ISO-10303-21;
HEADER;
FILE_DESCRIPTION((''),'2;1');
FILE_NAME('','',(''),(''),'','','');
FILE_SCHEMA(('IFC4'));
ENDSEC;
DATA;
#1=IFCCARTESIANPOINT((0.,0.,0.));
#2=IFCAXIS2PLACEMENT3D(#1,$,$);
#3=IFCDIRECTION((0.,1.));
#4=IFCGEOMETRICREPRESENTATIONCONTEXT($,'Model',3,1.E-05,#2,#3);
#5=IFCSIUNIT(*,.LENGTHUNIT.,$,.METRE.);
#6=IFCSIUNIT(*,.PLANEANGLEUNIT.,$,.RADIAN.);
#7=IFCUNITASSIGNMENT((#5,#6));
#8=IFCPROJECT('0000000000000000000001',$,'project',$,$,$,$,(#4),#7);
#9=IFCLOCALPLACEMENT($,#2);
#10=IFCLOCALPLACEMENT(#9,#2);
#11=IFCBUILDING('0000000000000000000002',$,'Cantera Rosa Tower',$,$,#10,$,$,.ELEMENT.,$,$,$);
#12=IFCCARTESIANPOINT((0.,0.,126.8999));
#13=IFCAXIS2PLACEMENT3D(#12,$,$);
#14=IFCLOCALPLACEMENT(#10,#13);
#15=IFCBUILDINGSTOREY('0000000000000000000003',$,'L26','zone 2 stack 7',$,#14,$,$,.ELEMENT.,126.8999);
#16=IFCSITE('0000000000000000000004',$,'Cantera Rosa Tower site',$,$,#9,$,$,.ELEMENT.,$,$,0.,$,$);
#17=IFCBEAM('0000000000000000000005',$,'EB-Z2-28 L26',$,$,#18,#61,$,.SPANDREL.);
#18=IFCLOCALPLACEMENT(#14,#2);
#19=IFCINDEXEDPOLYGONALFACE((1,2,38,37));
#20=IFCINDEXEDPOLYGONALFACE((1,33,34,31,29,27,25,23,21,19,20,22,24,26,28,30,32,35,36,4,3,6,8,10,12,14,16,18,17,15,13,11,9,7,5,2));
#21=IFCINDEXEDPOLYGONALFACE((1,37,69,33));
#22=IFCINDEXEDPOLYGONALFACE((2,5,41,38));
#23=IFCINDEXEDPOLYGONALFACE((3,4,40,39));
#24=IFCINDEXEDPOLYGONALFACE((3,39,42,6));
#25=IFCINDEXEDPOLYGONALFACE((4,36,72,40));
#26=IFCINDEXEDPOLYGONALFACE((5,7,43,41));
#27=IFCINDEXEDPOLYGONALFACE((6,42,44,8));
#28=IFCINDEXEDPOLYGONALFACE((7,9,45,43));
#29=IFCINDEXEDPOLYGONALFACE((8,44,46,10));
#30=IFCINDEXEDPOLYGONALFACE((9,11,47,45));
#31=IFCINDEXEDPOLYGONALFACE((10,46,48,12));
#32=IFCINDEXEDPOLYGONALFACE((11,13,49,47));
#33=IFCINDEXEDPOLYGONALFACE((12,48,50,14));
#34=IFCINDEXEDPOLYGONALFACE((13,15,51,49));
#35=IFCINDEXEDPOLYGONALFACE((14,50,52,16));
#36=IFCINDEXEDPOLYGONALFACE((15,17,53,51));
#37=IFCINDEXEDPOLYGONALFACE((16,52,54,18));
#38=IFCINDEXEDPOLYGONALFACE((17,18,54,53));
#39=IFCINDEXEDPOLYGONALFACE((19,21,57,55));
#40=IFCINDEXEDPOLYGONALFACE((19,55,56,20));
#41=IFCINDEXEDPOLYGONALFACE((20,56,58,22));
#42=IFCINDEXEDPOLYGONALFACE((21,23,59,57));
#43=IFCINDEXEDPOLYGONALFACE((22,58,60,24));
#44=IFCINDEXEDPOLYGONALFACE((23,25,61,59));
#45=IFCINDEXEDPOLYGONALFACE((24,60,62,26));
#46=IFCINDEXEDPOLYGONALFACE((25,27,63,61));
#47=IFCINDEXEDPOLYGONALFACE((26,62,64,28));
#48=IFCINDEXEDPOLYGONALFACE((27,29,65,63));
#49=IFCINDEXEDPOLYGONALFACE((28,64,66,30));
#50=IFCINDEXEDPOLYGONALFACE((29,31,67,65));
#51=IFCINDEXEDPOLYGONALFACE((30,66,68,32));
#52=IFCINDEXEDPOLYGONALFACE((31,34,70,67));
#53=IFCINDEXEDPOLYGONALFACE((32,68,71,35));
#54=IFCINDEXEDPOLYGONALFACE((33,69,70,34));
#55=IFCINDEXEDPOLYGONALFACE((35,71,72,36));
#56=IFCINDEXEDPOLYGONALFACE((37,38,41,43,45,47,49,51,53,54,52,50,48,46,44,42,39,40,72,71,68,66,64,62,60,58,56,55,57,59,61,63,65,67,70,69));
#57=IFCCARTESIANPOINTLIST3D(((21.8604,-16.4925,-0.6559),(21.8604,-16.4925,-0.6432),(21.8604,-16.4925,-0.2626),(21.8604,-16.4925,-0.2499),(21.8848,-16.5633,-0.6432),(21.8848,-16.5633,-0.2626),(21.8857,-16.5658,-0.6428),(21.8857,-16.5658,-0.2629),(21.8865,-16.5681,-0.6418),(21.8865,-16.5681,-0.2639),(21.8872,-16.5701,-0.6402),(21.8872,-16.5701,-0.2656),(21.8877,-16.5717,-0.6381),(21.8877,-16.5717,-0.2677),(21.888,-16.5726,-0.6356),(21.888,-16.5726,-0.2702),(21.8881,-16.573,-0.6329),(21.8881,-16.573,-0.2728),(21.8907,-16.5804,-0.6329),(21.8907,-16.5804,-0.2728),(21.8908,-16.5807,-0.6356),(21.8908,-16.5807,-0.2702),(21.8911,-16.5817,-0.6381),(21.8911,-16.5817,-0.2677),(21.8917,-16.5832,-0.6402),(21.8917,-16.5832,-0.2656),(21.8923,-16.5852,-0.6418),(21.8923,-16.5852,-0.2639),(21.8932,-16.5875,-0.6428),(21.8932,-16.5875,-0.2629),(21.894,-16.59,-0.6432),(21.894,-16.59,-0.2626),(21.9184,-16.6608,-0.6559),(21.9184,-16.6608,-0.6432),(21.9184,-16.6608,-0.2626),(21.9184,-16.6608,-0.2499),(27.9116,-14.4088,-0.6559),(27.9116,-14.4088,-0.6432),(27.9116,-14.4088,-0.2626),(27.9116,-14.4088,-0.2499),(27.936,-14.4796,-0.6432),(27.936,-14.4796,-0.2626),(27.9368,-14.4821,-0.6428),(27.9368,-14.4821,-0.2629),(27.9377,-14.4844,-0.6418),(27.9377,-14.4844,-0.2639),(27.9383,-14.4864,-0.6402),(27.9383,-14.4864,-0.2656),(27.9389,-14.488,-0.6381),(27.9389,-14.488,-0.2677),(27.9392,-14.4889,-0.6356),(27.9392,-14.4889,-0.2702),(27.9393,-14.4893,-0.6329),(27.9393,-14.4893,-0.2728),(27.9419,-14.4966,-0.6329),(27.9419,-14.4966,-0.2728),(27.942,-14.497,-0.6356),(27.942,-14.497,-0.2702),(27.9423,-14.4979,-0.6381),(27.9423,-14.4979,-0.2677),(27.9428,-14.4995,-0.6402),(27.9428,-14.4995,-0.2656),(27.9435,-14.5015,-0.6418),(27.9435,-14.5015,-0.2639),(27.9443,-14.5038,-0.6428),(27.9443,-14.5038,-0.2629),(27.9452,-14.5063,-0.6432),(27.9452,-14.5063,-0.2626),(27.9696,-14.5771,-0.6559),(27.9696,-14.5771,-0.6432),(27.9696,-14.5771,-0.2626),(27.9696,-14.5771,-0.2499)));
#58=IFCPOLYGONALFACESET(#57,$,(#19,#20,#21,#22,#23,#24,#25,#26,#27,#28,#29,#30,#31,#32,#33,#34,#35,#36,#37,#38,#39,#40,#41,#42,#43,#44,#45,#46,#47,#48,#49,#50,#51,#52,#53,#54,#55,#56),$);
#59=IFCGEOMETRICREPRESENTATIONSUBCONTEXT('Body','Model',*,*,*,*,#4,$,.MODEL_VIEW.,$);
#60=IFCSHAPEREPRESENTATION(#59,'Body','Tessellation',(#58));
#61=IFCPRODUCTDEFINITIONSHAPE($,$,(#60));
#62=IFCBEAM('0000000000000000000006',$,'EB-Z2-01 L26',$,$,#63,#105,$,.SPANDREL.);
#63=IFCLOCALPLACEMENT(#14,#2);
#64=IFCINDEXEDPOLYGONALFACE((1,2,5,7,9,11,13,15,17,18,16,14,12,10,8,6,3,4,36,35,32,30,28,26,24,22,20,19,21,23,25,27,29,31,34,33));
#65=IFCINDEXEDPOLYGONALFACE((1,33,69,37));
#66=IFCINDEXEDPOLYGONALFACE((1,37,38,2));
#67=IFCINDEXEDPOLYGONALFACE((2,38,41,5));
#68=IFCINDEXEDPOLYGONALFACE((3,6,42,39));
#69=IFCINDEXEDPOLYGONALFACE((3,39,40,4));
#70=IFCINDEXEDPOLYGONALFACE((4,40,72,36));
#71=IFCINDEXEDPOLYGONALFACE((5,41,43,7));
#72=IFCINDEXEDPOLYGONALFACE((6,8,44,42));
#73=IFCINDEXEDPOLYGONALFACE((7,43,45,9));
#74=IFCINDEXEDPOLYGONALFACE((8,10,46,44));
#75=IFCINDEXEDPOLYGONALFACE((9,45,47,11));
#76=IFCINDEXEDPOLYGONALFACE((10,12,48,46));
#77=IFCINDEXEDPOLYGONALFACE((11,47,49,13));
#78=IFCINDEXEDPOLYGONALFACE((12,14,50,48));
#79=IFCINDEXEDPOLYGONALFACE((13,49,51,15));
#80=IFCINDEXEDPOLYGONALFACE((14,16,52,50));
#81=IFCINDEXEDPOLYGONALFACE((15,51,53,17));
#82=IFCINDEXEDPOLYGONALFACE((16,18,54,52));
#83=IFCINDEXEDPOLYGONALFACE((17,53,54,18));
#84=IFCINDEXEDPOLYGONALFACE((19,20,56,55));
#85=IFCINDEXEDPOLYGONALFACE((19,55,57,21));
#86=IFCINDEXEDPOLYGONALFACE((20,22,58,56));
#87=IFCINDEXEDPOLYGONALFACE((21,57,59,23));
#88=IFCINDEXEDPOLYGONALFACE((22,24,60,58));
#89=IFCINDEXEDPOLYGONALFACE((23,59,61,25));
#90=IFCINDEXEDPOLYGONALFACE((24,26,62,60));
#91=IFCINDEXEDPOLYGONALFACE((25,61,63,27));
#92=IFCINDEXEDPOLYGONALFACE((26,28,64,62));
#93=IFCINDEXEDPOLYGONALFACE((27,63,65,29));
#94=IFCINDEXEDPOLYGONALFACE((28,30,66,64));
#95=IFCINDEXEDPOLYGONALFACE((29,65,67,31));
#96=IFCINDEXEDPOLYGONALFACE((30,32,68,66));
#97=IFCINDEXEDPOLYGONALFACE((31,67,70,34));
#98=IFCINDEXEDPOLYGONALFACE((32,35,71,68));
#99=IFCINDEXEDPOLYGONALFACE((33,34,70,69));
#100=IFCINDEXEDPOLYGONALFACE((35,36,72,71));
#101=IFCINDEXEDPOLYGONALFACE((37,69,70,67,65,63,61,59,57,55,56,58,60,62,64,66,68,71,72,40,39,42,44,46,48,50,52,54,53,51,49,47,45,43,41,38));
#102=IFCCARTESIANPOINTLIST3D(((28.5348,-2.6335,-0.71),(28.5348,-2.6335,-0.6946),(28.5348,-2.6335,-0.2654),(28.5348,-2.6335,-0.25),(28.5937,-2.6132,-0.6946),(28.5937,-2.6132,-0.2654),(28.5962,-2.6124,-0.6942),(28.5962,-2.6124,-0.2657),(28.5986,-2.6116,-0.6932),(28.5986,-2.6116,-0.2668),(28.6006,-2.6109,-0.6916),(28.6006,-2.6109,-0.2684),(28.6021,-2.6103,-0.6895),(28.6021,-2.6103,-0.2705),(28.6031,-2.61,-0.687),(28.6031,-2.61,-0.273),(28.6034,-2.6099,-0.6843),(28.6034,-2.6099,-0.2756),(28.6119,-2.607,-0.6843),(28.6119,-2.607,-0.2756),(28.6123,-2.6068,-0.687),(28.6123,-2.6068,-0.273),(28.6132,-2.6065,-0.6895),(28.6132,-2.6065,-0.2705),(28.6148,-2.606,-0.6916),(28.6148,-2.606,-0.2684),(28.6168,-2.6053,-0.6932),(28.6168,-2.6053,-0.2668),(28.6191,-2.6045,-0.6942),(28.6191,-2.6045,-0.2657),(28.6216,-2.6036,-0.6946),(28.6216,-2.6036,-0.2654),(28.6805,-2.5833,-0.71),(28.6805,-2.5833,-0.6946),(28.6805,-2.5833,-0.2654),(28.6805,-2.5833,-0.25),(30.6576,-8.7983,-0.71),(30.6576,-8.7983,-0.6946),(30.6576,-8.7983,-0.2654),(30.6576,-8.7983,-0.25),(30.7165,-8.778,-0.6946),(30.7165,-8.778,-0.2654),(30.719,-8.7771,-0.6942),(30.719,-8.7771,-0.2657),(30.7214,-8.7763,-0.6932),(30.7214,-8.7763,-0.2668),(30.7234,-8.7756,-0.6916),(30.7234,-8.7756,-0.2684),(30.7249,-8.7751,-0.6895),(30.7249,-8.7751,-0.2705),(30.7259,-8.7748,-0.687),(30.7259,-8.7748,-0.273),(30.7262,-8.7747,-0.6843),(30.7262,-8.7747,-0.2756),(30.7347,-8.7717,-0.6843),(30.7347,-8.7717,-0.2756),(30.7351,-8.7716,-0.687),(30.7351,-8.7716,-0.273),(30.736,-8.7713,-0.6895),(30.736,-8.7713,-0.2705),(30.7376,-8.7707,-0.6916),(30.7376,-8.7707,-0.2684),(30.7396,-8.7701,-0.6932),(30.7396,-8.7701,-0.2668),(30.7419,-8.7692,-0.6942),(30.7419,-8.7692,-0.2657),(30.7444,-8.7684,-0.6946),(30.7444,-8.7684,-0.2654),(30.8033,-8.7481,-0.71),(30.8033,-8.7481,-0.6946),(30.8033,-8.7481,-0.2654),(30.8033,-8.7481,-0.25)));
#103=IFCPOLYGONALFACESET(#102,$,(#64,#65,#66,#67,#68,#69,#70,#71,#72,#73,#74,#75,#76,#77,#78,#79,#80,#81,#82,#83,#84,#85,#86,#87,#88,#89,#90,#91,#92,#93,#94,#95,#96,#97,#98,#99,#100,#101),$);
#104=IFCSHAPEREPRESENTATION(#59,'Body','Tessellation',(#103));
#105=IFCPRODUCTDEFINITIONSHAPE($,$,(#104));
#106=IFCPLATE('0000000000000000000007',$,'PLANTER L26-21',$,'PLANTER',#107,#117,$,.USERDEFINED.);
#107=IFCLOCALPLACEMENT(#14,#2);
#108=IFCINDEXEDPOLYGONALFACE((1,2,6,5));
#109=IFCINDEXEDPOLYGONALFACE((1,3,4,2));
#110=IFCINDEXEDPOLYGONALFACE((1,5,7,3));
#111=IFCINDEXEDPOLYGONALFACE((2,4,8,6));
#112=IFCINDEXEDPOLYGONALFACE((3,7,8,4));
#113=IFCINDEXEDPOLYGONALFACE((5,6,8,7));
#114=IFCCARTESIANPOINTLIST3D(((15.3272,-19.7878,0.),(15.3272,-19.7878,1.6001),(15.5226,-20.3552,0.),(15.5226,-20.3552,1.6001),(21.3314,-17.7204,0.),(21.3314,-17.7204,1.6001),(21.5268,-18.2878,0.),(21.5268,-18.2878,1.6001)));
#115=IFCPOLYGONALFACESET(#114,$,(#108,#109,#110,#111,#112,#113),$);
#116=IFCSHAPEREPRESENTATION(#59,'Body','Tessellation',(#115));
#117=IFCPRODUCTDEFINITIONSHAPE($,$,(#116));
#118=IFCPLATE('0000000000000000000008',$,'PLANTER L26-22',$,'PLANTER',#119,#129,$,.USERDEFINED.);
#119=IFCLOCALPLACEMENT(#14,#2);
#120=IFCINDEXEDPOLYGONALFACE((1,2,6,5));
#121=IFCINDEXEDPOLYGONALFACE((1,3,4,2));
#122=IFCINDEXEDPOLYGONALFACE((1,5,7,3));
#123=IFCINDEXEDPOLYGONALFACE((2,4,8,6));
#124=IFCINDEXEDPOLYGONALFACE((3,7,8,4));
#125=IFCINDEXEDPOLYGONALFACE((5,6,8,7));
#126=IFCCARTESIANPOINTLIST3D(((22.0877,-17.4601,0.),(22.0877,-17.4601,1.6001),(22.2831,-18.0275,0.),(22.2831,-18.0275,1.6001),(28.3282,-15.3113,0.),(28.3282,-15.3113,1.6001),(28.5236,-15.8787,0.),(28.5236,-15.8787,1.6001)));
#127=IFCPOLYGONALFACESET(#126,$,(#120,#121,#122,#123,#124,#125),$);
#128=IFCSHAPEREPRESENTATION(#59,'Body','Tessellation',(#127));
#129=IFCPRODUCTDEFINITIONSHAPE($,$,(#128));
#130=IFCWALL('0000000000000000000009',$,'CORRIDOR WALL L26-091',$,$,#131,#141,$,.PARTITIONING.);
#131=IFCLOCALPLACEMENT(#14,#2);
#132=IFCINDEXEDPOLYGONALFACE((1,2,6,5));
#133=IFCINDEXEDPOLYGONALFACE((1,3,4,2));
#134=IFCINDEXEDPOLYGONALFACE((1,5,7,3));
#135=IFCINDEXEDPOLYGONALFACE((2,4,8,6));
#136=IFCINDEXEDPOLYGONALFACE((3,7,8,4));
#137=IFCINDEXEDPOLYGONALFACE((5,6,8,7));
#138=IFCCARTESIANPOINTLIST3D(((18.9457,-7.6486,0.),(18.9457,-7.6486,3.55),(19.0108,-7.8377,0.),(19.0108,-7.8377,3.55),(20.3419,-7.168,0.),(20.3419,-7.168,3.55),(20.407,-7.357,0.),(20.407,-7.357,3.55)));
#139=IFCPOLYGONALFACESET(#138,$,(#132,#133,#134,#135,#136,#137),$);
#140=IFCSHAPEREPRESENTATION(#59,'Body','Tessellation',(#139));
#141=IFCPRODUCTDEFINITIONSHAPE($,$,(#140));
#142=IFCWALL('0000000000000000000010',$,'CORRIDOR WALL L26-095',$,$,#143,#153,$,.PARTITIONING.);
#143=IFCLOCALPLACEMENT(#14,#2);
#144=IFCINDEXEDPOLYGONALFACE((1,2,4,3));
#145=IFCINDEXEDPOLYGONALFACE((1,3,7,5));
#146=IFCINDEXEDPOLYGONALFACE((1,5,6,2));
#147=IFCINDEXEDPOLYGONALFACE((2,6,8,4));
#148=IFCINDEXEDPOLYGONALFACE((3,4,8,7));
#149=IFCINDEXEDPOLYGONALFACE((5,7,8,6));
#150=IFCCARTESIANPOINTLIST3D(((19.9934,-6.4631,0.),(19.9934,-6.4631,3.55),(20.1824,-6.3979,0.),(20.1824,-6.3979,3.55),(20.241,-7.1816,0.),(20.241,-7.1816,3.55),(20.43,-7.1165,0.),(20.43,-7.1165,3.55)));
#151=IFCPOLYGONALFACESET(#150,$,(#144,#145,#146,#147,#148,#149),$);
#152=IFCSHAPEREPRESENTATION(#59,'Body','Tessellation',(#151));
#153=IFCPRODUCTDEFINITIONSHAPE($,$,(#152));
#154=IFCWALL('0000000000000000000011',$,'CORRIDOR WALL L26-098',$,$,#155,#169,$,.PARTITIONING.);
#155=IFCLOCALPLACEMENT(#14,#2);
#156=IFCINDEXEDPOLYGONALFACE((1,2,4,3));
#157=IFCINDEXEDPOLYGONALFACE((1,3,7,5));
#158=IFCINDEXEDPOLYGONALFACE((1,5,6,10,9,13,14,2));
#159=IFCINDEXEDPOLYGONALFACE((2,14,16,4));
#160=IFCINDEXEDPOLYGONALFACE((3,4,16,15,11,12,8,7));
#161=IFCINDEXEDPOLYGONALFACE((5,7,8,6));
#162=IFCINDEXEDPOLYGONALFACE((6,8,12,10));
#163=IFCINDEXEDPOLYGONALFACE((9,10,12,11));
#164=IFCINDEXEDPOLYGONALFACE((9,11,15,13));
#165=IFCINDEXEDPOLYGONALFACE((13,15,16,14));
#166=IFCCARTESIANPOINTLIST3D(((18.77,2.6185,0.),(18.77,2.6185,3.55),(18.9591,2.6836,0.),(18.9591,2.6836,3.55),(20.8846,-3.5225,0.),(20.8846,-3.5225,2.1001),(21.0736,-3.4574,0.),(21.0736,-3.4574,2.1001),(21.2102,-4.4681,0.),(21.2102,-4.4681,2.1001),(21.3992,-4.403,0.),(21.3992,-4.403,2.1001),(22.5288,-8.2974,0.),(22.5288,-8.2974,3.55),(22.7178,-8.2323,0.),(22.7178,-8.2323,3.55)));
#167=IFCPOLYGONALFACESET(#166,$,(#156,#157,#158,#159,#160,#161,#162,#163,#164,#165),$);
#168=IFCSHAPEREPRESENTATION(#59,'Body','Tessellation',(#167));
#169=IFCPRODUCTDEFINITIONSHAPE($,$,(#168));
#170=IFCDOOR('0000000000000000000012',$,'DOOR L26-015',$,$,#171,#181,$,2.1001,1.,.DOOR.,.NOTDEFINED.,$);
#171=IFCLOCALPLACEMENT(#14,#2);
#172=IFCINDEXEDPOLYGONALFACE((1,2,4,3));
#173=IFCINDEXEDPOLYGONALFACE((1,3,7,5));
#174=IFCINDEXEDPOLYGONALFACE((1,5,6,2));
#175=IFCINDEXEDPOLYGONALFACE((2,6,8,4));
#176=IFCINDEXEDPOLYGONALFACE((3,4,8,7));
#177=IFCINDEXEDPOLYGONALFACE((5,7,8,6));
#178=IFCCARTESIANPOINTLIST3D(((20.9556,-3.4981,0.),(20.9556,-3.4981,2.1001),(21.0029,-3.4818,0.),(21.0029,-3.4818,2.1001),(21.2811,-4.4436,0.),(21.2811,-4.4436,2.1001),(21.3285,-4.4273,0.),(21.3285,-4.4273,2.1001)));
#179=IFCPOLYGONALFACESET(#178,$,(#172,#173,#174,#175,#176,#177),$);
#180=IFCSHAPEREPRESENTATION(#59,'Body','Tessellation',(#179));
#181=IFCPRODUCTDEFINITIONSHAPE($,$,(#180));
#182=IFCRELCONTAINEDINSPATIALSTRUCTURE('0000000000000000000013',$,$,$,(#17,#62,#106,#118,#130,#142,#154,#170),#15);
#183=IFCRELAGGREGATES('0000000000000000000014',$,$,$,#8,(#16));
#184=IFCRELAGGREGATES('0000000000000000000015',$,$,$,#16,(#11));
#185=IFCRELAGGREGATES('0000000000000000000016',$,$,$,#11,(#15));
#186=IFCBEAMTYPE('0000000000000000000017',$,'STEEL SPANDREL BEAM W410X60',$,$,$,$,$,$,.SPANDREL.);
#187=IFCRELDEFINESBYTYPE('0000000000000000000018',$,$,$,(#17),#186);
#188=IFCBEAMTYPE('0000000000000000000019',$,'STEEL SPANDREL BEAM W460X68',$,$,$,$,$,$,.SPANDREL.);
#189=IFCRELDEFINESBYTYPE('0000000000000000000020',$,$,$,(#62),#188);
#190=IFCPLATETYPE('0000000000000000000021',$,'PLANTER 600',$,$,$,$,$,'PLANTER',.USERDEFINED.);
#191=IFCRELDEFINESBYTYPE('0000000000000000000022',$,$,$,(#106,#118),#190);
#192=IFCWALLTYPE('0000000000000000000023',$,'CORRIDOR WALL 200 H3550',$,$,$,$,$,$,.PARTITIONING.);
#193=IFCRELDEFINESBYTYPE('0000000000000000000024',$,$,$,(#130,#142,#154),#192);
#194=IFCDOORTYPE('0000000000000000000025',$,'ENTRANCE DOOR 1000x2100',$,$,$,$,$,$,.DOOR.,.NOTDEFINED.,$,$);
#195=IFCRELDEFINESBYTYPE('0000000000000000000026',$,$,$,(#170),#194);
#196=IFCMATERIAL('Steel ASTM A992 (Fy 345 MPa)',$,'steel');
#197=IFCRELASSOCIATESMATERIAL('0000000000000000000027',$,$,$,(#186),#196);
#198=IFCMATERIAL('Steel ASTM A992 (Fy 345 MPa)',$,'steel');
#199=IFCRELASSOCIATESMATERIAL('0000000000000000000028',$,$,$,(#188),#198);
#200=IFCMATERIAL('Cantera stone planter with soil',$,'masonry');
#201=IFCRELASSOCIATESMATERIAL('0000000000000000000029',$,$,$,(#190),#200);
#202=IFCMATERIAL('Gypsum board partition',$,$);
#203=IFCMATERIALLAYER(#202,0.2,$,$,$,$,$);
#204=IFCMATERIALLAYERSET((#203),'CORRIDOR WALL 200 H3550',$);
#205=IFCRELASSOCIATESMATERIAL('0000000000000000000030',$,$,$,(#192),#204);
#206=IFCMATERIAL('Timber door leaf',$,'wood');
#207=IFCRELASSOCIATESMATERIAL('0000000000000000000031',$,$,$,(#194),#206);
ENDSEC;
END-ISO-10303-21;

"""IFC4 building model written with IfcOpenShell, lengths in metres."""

from ifc_helpers import new_model, si_unit, direction, frame, frame_2d, origin, origin_2d, place, context, subcontext, project, spatial, rectangle, i_section, extrude, material, layer, layer_set, material_profile, profile_set, type_object, element, fill, save


model = new_model("IFC4")

# Units and contexts
model_context = context("Model", 3, precision=1e-05, world=origin(), true_north=direction((0.0, 1.0)))
body_context = subcontext(model_context, "Body", "Model", "MODEL_VIEW")
ifc_project = project(units=[si_unit("LENGTHUNIT", "METRE"), si_unit("PLANEANGLEUNIT", "RADIAN")], contexts=[model_context])

# Site, building, storey
site_placement = place(None, origin())
site = spatial("IfcSite", under=ifc_project, at=site_placement, Name="Cantera Rosa Tower site", CompositionType="ELEMENT", RefElevation=0.0)
building_placement = place(site_placement, origin())
building = spatial("IfcBuilding", under=site, at=building_placement, Name="Cantera Rosa Tower", CompositionType="ELEMENT")
storey_placement = place(building_placement, frame((0.0, 0.0, 126.8999)))
storey = spatial("IfcBuildingStorey", under=building, at=storey_placement, Name="L26", Description="zone 2 stack 7", CompositionType="ELEMENT", Elevation=126.8999)

# Beams
ifc_material_1 = material(Name="Steel ASTM A992 (Fy 345 MPa)", Category="steel")
ifc_material_profile_1 = material_profile(ifc_material_1, i_section(OverallWidth=0.178, OverallDepth=0.406, WebThickness=0.0078, FlangeThickness=0.0127, FilletRadius=0.0103, at=origin_2d()), Name="W410X60")
ifc_profile_set_1 = profile_set([ifc_material_profile_1], Name="Steel ASTM A992 (Fy 345 MPa)")
beam_type_1 = type_object("IfcBeamType", Name="STEEL SPANDREL BEAM W410X60", PredefinedType="SPANDREL", material=ifc_profile_set_1)
beam_1_placement = place(storey_placement, frame((21.8894, -16.5767, -0.4529), z_axis=(0.945513, 0.325585, 0.0), x_axis=(-0.325585, 0.945513, 0.0)))
element("IfcBeam", 1, at=beam_1_placement, inside=storey, type_object=beam_type_1, Name="EB-Z2-28 L26", PredefinedType="SPANDREL", context=body_context, shape_type="SweptSolid", body=[
    extrude(i_section(OverallWidth=0.178, OverallDepth=0.406, WebThickness=0.0078, FlangeThickness=0.0127, FilletRadius=0.0103, at=origin_2d()), origin(), (0.0, 0.0, 1.0), 6.3999),
])
ifc_material_2 = material(Name="Steel ASTM A992 (Fy 345 MPa)", Category="steel")
ifc_material_profile_2 = material_profile(ifc_material_2, i_section(OverallWidth=0.1541, OverallDepth=0.46, WebThickness=0.009, FlangeThickness=0.0154, FilletRadius=0.0103, at=origin_2d()), Name="W460X68")
ifc_profile_set_2 = profile_set([ifc_material_profile_2], Name="Steel ASTM A992 (Fy 345 MPa)")
beam_type_2 = type_object("IfcBeamType", Name="STEEL SPANDREL BEAM W460X68", PredefinedType="SPANDREL", material=ifc_profile_set_2)
beam_2_placement = place(storey_placement, frame((30.7305, -8.7732, -0.48), z_axis=(-0.325581, 0.945514, 0.0), x_axis=(-0.945514, -0.325581, 0.0)))
element("IfcBeam", 2, at=beam_2_placement, inside=storey, type_object=beam_type_2, Name="EB-Z2-01 L26", PredefinedType="SPANDREL", context=body_context, shape_type="SweptSolid", body=[
    extrude(i_section(OverallWidth=0.1541, OverallDepth=0.46, WebThickness=0.009, FlangeThickness=0.0154, FilletRadius=0.0103, at=origin_2d()), origin(), (0.0, 0.0, 1.0), 6.52),
])

# Plates
ifc_material_3 = material(Name="Cantera stone planter with soil", Category="masonry")
plate_type = type_object("IfcPlateType", Name="PLANTER 600", ElementType="PLANTER", PredefinedType="USERDEFINED", material=ifc_material_3)
plate_1_placement = place(storey_placement, frame((18.427, -19.0378, 0.0), z_axis=(0.0, 0.0, 1.0), x_axis=(0.945519, 0.325568, 0.0)))
element("IfcPlate", 3, at=plate_1_placement, inside=storey, type_object=plate_type, Name="PLANTER L26-21", ObjectType="PLANTER", PredefinedType="USERDEFINED", context=body_context, shape_type="SweptSolid", body=[
    extrude(rectangle(XDim=6.3501, YDim=0.6001, at=origin_2d()), origin(), (0.0, 0.0, 1.0), 1.6001),
])
plate_2_placement = place(storey_placement, frame((25.3057, -16.6694, 0.0), z_axis=(0.0, 0.0, 1.0), x_axis=(0.945519, 0.325568, 0.0)))
element("IfcPlate", 4, at=plate_2_placement, inside=storey, type_object=plate_type, Name="PLANTER L26-22", ObjectType="PLANTER", PredefinedType="USERDEFINED", context=body_context, shape_type="SweptSolid", body=[
    extrude(rectangle(XDim=6.6001, YDim=0.6001, at=origin_2d()), origin(), (0.0, 0.0, 1.0), 1.6001),
])

# Walls
ifc_material_4 = material(Name="Gypsum board partition")
ifc_layer_1 = layer(ifc_material_4, 0.2)
ifc_layer_set_1 = layer_set([ifc_layer_1], Name="CORRIDOR WALL 200 H3550")
wall_type_1 = type_object("IfcWallType", Name="CORRIDOR WALL 200 H3550", PredefinedType="PARTITIONING", material=ifc_layer_set_1)
wall_1_placement = place(storey_placement, frame((18.9783, -7.7432, 0.0), z_axis=(0.0, 0.0, 1.0), x_axis=(0.945529, 0.325537, 0.0)))
element("IfcWall", 5, at=wall_1_placement, inside=storey, type_object=wall_type_1, Name="CORRIDOR WALL L26-091", PredefinedType="PARTITIONING", context=body_context, shape_type="SweptSolid", body=[
    extrude(rectangle(XDim=1.4766, YDim=0.2, at=frame_2d((0.7383, 0.0))), origin(), (0.0, 0.0, 1.0), 3.55),
])
wall_2_placement = place(storey_placement, frame((20.3354, -7.1489, 0.0), z_axis=(0.0, 0.0, 1.0), x_axis=(-0.325753, 0.945455, 0.0)))
element("IfcWall", 6, at=wall_2_placement, inside=storey, type_object=wall_type_1, Name="CORRIDOR WALL L26-095", PredefinedType="PARTITIONING", context=body_context, shape_type="SweptSolid", body=[
    extrude(rectangle(XDim=0.76, YDim=0.2, at=frame_2d((0.3799, 0.0))), origin(), (0.0, 0.0, 1.0), 3.55),
])

# Wall, opening, door
wall_3_placement = place(storey_placement, frame((22.6233, -8.2649, 0.0), z_axis=(0.0, 0.0, 1.0), x_axis=(-0.325576, 0.945516, 0.0)))
wall_3 = element("IfcWall", 7, at=wall_3_placement, inside=storey, type_object=wall_type_1, Name="CORRIDOR WALL L26-098", PredefinedType="PARTITIONING", context=body_context, shape_type="SweptSolid", body=[
    extrude(rectangle(XDim=11.5449, YDim=0.2, at=frame_2d((5.7725, 0.0))), origin(), (0.0, 0.0, 1.0), 3.55),
])
opening_1_placement = place(wall_3_placement, frame((4.05, 0.0, 0.0)))
opening_1 = element("IfcOpeningElement", 8, at=opening_1_placement, cuts=wall_3, PredefinedType="OPENING", context=body_context, shape_type="SweptSolid", body=[
    extrude(rectangle(XDim=1.0, YDim=2.1001, at=frame_2d((0.5, 1.05))), frame((0.0, 0.1099, 0.0), z_axis=(0.0, -1.0, 0.0), x_axis=(1.0, 0.0, 0.0)), (0.0, 0.0, 1.0), 0.22),
])
ifc_material_5 = material(Name="Timber door leaf", Category="wood")
door_type_1 = type_object("IfcDoorType", Name="ENTRANCE DOOR 1000x2100", OperationType="NOTDEFINED", PredefinedType="DOOR", material=ifc_material_5)
door_1_placement = place(opening_1_placement, origin())
door_1 = element("IfcDoor", 9, at=door_1_placement, inside=storey, type_object=door_type_1, Name="DOOR L26-015", OperationType="NOTDEFINED", OverallHeight=2.1001, OverallWidth=1.0, PredefinedType="DOOR", context=body_context, shape_type="SweptSolid", body=[
    extrude(rectangle(XDim=1.0, YDim=2.1001, at=frame_2d((0.5, 1.05))), frame((0.0, 0.0249, 0.0), z_axis=(0.0, -1.0, 0.0), x_axis=(1.0, 0.0, 0.0)), (0.0, 0.0, 1.0), 0.05),
])
fill(opening_1, door_1)

save(model, "model.ifc")
